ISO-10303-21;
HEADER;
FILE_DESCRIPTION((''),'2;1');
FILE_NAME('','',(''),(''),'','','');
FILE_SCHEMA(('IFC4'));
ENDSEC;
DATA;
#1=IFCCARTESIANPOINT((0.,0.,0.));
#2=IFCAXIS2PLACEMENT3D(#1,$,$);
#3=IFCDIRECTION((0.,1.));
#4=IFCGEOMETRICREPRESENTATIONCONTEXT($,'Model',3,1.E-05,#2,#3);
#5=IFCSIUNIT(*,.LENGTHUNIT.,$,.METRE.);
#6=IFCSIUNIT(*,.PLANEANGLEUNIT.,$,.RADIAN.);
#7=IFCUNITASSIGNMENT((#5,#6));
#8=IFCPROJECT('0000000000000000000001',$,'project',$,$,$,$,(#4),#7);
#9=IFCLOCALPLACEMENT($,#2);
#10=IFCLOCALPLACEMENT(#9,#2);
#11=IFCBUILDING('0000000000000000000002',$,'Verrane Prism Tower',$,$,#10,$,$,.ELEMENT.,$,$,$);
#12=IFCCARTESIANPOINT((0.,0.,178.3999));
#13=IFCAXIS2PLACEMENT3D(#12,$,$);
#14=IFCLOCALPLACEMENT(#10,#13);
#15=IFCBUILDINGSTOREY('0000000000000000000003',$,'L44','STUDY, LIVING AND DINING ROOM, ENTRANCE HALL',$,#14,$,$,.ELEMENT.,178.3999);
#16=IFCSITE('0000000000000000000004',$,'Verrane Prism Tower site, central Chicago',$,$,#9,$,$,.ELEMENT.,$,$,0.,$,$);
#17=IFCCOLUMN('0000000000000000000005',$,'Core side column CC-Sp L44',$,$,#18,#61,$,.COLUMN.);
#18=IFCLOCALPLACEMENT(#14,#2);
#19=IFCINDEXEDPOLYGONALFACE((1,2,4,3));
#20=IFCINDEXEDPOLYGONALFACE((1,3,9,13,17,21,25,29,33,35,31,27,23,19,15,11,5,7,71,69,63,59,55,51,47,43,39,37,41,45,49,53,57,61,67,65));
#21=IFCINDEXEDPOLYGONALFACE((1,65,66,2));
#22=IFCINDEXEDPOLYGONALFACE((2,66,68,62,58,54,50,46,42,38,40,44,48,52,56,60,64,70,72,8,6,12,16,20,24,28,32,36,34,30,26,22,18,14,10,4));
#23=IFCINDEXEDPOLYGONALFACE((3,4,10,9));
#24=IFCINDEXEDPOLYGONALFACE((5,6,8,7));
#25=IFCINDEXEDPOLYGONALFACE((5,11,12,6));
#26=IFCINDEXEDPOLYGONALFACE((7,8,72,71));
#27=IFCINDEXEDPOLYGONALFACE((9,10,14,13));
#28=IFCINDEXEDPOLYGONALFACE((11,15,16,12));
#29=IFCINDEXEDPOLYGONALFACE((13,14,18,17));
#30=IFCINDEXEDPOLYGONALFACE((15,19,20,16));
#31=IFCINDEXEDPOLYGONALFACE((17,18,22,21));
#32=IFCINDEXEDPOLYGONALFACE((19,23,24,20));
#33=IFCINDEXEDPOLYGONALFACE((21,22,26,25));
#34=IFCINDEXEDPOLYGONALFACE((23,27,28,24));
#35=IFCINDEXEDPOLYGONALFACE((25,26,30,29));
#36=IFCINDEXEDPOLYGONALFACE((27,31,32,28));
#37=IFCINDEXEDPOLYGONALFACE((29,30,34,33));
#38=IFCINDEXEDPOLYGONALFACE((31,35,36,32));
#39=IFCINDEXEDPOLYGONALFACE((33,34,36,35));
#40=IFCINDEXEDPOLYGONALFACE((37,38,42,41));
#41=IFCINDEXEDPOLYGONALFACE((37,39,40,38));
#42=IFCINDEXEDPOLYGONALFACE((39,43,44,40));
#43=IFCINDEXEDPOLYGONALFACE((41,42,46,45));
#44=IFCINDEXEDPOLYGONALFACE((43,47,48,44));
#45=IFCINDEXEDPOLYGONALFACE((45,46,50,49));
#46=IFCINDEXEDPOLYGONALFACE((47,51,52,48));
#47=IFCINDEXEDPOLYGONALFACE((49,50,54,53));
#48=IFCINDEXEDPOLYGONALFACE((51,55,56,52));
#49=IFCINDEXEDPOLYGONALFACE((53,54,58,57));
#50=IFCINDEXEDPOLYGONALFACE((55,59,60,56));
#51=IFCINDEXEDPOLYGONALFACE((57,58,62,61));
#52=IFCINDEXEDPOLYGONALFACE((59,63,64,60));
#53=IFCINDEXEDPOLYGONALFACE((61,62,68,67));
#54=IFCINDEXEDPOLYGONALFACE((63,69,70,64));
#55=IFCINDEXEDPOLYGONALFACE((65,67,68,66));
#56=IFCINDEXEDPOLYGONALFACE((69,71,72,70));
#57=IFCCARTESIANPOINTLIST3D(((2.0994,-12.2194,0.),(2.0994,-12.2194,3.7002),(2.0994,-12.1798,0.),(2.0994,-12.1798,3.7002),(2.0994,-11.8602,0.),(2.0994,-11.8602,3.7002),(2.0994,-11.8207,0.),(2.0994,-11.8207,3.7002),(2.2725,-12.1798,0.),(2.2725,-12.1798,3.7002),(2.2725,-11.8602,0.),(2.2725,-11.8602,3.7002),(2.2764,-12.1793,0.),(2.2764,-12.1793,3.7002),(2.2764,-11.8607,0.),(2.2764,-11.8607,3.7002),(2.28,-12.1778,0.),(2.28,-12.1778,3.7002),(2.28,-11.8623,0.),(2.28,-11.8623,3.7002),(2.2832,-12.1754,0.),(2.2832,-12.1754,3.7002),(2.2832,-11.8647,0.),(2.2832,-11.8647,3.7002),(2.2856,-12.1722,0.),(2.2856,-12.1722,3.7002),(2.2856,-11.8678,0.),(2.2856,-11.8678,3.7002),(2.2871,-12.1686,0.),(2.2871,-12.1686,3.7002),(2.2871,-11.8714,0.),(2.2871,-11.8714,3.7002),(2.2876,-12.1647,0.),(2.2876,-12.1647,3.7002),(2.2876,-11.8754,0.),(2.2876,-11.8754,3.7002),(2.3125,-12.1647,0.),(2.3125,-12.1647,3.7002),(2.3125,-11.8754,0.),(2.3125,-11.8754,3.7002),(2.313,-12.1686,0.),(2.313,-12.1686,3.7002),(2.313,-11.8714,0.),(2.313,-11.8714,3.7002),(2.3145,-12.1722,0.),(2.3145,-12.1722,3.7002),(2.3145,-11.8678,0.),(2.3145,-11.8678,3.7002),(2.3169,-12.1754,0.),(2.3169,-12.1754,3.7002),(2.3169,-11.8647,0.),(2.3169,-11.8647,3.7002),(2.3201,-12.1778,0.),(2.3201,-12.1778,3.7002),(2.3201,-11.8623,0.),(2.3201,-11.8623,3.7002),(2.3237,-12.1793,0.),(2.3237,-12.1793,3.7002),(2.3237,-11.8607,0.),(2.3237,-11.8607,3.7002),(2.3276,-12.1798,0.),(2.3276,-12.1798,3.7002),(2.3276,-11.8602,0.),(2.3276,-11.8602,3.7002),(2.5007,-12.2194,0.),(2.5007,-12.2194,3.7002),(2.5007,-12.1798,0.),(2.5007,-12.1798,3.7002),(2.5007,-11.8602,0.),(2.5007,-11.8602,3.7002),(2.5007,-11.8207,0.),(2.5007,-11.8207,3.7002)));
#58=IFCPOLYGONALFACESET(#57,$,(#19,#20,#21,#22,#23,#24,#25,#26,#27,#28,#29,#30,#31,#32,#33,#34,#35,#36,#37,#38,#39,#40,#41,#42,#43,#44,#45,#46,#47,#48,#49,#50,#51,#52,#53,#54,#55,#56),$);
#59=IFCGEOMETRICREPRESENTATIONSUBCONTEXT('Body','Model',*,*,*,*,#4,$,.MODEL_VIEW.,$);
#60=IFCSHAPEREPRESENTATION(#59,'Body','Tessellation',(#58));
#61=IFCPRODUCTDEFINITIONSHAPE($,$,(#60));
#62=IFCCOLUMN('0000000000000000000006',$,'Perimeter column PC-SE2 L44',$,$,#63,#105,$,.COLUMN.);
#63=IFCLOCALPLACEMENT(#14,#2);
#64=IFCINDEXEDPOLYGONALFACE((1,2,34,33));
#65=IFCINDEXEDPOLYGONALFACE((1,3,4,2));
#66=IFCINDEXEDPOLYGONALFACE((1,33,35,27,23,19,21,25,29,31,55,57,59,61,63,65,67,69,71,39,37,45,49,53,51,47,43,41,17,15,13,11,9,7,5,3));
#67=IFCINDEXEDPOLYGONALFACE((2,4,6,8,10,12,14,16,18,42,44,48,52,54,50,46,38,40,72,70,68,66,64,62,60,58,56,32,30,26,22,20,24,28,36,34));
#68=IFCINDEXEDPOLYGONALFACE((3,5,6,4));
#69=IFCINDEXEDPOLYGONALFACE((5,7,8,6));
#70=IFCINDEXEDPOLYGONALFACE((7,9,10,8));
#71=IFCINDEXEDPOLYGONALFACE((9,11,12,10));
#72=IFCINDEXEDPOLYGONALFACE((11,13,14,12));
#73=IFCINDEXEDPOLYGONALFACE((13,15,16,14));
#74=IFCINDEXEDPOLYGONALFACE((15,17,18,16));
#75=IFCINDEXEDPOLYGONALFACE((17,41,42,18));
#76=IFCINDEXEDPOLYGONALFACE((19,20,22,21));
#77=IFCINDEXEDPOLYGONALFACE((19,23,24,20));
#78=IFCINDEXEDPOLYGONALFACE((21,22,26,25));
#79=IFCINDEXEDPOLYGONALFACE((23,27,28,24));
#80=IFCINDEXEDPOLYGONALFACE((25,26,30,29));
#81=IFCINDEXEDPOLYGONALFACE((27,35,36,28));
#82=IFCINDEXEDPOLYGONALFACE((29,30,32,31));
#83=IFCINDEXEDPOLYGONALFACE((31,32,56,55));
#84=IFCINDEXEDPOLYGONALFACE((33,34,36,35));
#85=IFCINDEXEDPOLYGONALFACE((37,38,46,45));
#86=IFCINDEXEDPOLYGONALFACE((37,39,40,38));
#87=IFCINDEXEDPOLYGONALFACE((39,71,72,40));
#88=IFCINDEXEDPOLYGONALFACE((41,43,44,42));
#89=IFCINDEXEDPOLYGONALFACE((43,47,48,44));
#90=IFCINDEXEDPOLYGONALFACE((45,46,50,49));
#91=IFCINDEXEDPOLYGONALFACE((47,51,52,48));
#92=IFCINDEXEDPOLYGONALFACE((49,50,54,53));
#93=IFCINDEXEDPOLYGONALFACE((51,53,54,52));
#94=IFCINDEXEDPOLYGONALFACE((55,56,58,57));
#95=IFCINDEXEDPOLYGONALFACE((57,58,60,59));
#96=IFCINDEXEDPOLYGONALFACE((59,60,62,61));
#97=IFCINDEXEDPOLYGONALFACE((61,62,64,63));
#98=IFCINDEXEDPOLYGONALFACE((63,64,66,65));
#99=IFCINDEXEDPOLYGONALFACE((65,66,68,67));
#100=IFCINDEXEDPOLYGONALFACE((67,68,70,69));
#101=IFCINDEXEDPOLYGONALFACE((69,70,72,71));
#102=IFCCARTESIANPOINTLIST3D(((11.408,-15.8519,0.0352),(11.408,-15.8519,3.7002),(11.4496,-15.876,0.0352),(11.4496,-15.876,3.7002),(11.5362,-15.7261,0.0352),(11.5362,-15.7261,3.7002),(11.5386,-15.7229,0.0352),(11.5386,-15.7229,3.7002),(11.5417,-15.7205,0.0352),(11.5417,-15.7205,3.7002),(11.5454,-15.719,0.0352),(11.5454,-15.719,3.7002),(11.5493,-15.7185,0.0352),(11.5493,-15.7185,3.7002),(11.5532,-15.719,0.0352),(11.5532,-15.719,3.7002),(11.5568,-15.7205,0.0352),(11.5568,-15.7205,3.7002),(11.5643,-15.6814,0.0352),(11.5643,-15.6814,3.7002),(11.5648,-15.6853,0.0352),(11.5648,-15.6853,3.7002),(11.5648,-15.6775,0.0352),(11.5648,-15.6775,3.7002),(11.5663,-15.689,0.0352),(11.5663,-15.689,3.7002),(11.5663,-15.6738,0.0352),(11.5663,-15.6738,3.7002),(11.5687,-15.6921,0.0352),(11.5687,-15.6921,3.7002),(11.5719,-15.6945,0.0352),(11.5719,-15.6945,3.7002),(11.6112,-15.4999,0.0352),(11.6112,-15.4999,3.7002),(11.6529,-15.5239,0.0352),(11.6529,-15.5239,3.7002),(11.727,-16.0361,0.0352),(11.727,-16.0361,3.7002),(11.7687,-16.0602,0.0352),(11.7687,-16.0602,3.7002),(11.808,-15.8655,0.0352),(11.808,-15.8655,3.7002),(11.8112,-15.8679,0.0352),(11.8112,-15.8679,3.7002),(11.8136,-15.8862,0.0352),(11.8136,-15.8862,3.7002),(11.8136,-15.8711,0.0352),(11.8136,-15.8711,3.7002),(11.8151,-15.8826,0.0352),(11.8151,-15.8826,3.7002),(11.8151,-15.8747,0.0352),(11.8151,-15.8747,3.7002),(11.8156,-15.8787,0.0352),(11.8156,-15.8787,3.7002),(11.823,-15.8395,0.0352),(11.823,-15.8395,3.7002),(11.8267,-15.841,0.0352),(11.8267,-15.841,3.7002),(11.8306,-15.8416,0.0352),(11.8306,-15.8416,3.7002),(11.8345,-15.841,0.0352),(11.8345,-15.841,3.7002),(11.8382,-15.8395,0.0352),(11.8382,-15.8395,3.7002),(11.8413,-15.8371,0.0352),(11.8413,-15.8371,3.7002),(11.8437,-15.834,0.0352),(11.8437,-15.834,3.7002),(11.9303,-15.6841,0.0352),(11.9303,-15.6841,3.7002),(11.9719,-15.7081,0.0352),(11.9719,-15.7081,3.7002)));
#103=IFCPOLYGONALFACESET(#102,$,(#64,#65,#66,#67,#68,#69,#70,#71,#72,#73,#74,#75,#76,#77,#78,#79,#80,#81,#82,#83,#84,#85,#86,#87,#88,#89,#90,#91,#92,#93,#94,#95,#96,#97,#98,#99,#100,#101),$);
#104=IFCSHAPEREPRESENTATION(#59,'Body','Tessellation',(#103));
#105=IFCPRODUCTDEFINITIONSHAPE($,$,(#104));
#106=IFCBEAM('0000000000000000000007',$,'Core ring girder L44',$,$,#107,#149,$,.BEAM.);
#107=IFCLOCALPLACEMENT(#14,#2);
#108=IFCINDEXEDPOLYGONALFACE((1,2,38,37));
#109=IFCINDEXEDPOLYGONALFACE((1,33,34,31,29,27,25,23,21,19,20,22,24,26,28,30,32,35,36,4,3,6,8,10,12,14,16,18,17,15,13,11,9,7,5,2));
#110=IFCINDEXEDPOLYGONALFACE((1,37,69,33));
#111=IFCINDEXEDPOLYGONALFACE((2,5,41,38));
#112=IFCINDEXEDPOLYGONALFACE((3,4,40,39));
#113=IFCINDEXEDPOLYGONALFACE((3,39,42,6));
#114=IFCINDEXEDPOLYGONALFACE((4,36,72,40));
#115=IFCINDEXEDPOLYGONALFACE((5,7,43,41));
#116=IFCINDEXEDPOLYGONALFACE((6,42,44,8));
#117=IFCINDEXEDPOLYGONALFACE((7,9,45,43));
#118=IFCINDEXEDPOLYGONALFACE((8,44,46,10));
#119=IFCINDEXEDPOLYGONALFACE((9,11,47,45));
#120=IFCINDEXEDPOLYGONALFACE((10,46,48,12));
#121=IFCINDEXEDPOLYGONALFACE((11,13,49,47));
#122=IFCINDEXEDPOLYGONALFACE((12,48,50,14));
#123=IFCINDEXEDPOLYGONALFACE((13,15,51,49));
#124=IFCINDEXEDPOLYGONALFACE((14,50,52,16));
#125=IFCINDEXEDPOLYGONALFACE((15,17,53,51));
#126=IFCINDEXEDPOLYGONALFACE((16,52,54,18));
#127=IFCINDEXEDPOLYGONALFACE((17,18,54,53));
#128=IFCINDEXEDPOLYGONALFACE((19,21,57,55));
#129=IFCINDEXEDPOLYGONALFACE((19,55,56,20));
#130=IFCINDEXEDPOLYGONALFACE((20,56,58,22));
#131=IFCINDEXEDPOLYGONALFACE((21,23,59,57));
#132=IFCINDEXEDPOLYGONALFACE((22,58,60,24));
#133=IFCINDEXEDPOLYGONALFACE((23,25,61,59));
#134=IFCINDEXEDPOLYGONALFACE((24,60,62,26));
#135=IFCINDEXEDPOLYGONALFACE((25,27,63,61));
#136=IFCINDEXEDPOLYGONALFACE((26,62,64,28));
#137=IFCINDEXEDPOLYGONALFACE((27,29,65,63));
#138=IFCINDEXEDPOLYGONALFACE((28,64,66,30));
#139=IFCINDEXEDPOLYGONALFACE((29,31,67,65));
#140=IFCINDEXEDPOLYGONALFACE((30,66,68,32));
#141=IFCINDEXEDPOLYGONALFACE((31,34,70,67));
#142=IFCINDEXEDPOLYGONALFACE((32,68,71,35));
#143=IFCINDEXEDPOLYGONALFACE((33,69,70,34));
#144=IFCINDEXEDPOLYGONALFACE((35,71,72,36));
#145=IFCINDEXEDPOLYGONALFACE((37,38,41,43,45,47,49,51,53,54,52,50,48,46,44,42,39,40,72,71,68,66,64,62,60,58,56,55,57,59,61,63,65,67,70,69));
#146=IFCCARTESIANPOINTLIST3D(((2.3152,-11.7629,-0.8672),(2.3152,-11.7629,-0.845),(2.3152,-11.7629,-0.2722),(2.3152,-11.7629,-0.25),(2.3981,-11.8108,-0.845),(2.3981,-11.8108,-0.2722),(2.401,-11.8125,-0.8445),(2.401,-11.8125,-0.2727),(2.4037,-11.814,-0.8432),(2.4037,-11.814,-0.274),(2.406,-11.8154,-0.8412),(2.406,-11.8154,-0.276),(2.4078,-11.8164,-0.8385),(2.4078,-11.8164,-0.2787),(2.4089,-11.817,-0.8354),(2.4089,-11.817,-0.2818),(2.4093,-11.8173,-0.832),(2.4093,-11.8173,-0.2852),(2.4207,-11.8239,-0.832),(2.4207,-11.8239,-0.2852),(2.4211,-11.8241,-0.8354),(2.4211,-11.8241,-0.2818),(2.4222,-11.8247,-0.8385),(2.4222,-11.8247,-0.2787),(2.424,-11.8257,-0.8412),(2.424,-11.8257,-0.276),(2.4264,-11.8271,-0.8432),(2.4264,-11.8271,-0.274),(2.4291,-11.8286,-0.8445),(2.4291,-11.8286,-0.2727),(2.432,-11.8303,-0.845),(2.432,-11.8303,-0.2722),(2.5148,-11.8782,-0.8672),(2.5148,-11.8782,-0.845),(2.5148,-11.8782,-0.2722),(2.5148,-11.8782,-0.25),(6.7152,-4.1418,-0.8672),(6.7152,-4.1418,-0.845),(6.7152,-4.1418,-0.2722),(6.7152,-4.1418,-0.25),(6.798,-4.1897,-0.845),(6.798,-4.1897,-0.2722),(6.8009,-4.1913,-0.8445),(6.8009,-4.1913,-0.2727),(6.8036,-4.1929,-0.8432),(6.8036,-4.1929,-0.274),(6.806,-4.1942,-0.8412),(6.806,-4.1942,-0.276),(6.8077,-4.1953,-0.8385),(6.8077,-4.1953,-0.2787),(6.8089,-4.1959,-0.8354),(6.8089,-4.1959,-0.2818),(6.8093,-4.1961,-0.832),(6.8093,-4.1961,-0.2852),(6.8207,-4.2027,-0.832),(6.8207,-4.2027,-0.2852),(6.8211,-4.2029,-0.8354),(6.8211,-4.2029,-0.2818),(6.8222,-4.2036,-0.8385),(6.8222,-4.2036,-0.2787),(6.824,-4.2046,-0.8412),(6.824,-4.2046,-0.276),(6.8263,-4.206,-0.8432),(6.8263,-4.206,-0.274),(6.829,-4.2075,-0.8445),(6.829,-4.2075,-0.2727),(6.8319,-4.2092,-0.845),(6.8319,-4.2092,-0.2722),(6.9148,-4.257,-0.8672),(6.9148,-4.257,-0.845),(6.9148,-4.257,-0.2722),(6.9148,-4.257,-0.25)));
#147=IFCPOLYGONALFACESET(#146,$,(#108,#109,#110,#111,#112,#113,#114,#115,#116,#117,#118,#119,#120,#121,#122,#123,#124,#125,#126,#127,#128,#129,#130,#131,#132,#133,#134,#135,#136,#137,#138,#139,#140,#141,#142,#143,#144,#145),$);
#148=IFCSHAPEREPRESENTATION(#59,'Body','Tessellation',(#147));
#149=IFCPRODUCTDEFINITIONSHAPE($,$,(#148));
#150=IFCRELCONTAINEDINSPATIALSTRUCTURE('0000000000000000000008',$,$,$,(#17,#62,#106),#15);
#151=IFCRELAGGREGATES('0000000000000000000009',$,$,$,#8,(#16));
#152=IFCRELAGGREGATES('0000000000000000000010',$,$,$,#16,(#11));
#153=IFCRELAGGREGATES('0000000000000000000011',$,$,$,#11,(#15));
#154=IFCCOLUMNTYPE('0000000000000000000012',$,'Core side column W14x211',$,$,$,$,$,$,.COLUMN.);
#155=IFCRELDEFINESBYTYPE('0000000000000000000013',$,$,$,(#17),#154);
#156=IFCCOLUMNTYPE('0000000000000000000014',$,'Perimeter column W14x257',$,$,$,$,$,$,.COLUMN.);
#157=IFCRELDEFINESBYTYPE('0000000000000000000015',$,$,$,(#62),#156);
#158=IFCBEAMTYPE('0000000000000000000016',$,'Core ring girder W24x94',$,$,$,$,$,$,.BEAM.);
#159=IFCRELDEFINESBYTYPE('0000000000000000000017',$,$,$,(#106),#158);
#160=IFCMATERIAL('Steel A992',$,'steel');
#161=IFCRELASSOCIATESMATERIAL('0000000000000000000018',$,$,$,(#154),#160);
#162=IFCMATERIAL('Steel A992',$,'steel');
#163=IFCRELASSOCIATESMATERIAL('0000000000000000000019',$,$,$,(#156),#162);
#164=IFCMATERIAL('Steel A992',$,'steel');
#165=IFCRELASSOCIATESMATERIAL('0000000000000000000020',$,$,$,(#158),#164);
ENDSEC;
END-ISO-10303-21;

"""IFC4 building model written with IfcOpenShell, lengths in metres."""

from ifc_helpers import new_model, si_unit, direction, frame, origin, origin_2d, place, context, subcontext, project, spatial, i_section, extrude, material, material_profile, profile_set, type_object, element, save


model = new_model("IFC4")

# Units and contexts
model_context = context("Model", 3, precision=1e-05, world=origin(), true_north=direction((0.0, 1.0)))
body_context = subcontext(model_context, "Body", "Model", "MODEL_VIEW")
ifc_project = project(units=[si_unit("LENGTHUNIT", "METRE"), si_unit("PLANEANGLEUNIT", "RADIAN")], contexts=[model_context])

# Site, building, storey
site_placement = place(None, origin())
site = spatial("IfcSite", under=ifc_project, at=site_placement, Name="Verrane Prism Tower site, central Chicago", CompositionType="ELEMENT", RefElevation=0.0)
building_placement = place(site_placement, origin())
building = spatial("IfcBuilding", under=site, at=building_placement, Name="Verrane Prism Tower", CompositionType="ELEMENT")
storey_placement = place(building_placement, frame((0.0, 0.0, 178.3999)))
storey = spatial("IfcBuildingStorey", under=building, at=storey_placement, Name="L44", Description="STUDY, LIVING AND DINING ROOM, ENTRANCE HALL", CompositionType="ELEMENT", Elevation=178.3999)

# Columns
ifc_material_1 = material(Name="Steel A992", Category="steel")
ifc_material_profile_1 = material_profile(ifc_material_1, i_section(OverallWidth=0.4014, OverallDepth=0.3987, WebThickness=0.0249, FlangeThickness=0.0396, FilletRadius=0.0151, at=origin_2d()), Name="W14x211")
ifc_profile_set_1 = profile_set([ifc_material_profile_1], Name="Steel A992")
column_type_1 = type_object("IfcColumnType", Name="Core side column W14x211", PredefinedType="COLUMN", material=ifc_profile_set_1)
column_1_placement = place(storey_placement, frame((2.3, -12.02, 0.0), z_axis=(0.0, 0.0, 1.0), x_axis=(1.0, 0.0, 0.0)))
element("IfcColumn", 1, at=column_1_placement, inside=storey, type_object=column_type_1, Name="Core side column CC-Sp L44", PredefinedType="COLUMN", context=body_context, shape_type="SweptSolid", body=[
    extrude(i_section(OverallWidth=0.4014, OverallDepth=0.3987, WebThickness=0.0249, FlangeThickness=0.0396, FilletRadius=0.0151, at=origin_2d()), origin(), (0.0, 0.0, 1.0), 3.7002),
])
ifc_material_2 = material(Name="Steel A992", Category="steel")
ifc_material_profile_2 = material_profile(ifc_material_2, i_section(OverallWidth=0.4065, OverallDepth=0.4165, WebThickness=0.03, FlangeThickness=0.0481, FilletRadius=0.0151, at=origin_2d()), Name="W14x257")
ifc_profile_set_2 = profile_set([ifc_material_profile_2], Name="Steel A992")
column_type_2 = type_object("IfcColumnType", Name="Perimeter column W14x257", PredefinedType="COLUMN", material=ifc_profile_set_2)
column_2_placement = place(storey_placement, frame((11.6899, -15.78, 0.0352), z_axis=(0.0, 0.0, 1.0), x_axis=(-0.5, -0.866025, 0.0)))
element("IfcColumn", 2, at=column_2_placement, inside=storey, type_object=column_type_2, Name="Perimeter column PC-SE2 L44", PredefinedType="COLUMN", context=body_context, shape_type="SweptSolid", body=[
    extrude(i_section(OverallWidth=0.4065, OverallDepth=0.4165, WebThickness=0.03, FlangeThickness=0.0481, FilletRadius=0.0151, at=origin_2d()), origin(), (0.0, 0.0, 1.0), 3.665),
])

# Beam
ifc_material_3 = material(Name="Steel A992", Category="steel")
ifc_material_profile_3 = material_profile(ifc_material_3, i_section(OverallWidth=0.2305, OverallDepth=0.6172, WebThickness=0.0132, FlangeThickness=0.0222, FilletRadius=0.0129, at=origin_2d()), Name="W24x94")
ifc_profile_set_3 = profile_set([ifc_material_profile_3], Name="Steel A992")
beam_type_1 = type_object("IfcBeamType", Name="Core ring girder W24x94", PredefinedType="BEAM", material=ifc_profile_set_3)
beam_1_placement = place(storey_placement, frame((2.415, -11.8206, -0.5586), z_axis=(0.499988, 0.866032, 0.0), x_axis=(-0.866032, 0.499988, 0.0)))
element("IfcBeam", 3, at=beam_1_placement, inside=storey, type_object=beam_type_1, Name="Core ring girder L44", PredefinedType="BEAM", context=body_context, shape_type="SweptSolid", body=[
    extrude(i_section(OverallWidth=0.2305, OverallDepth=0.6172, WebThickness=0.0132, FlangeThickness=0.0222, FilletRadius=0.0129, at=origin_2d()), origin(), (0.0, 0.0, 1.0), 8.8),
])

save(model, "model.ifc")
